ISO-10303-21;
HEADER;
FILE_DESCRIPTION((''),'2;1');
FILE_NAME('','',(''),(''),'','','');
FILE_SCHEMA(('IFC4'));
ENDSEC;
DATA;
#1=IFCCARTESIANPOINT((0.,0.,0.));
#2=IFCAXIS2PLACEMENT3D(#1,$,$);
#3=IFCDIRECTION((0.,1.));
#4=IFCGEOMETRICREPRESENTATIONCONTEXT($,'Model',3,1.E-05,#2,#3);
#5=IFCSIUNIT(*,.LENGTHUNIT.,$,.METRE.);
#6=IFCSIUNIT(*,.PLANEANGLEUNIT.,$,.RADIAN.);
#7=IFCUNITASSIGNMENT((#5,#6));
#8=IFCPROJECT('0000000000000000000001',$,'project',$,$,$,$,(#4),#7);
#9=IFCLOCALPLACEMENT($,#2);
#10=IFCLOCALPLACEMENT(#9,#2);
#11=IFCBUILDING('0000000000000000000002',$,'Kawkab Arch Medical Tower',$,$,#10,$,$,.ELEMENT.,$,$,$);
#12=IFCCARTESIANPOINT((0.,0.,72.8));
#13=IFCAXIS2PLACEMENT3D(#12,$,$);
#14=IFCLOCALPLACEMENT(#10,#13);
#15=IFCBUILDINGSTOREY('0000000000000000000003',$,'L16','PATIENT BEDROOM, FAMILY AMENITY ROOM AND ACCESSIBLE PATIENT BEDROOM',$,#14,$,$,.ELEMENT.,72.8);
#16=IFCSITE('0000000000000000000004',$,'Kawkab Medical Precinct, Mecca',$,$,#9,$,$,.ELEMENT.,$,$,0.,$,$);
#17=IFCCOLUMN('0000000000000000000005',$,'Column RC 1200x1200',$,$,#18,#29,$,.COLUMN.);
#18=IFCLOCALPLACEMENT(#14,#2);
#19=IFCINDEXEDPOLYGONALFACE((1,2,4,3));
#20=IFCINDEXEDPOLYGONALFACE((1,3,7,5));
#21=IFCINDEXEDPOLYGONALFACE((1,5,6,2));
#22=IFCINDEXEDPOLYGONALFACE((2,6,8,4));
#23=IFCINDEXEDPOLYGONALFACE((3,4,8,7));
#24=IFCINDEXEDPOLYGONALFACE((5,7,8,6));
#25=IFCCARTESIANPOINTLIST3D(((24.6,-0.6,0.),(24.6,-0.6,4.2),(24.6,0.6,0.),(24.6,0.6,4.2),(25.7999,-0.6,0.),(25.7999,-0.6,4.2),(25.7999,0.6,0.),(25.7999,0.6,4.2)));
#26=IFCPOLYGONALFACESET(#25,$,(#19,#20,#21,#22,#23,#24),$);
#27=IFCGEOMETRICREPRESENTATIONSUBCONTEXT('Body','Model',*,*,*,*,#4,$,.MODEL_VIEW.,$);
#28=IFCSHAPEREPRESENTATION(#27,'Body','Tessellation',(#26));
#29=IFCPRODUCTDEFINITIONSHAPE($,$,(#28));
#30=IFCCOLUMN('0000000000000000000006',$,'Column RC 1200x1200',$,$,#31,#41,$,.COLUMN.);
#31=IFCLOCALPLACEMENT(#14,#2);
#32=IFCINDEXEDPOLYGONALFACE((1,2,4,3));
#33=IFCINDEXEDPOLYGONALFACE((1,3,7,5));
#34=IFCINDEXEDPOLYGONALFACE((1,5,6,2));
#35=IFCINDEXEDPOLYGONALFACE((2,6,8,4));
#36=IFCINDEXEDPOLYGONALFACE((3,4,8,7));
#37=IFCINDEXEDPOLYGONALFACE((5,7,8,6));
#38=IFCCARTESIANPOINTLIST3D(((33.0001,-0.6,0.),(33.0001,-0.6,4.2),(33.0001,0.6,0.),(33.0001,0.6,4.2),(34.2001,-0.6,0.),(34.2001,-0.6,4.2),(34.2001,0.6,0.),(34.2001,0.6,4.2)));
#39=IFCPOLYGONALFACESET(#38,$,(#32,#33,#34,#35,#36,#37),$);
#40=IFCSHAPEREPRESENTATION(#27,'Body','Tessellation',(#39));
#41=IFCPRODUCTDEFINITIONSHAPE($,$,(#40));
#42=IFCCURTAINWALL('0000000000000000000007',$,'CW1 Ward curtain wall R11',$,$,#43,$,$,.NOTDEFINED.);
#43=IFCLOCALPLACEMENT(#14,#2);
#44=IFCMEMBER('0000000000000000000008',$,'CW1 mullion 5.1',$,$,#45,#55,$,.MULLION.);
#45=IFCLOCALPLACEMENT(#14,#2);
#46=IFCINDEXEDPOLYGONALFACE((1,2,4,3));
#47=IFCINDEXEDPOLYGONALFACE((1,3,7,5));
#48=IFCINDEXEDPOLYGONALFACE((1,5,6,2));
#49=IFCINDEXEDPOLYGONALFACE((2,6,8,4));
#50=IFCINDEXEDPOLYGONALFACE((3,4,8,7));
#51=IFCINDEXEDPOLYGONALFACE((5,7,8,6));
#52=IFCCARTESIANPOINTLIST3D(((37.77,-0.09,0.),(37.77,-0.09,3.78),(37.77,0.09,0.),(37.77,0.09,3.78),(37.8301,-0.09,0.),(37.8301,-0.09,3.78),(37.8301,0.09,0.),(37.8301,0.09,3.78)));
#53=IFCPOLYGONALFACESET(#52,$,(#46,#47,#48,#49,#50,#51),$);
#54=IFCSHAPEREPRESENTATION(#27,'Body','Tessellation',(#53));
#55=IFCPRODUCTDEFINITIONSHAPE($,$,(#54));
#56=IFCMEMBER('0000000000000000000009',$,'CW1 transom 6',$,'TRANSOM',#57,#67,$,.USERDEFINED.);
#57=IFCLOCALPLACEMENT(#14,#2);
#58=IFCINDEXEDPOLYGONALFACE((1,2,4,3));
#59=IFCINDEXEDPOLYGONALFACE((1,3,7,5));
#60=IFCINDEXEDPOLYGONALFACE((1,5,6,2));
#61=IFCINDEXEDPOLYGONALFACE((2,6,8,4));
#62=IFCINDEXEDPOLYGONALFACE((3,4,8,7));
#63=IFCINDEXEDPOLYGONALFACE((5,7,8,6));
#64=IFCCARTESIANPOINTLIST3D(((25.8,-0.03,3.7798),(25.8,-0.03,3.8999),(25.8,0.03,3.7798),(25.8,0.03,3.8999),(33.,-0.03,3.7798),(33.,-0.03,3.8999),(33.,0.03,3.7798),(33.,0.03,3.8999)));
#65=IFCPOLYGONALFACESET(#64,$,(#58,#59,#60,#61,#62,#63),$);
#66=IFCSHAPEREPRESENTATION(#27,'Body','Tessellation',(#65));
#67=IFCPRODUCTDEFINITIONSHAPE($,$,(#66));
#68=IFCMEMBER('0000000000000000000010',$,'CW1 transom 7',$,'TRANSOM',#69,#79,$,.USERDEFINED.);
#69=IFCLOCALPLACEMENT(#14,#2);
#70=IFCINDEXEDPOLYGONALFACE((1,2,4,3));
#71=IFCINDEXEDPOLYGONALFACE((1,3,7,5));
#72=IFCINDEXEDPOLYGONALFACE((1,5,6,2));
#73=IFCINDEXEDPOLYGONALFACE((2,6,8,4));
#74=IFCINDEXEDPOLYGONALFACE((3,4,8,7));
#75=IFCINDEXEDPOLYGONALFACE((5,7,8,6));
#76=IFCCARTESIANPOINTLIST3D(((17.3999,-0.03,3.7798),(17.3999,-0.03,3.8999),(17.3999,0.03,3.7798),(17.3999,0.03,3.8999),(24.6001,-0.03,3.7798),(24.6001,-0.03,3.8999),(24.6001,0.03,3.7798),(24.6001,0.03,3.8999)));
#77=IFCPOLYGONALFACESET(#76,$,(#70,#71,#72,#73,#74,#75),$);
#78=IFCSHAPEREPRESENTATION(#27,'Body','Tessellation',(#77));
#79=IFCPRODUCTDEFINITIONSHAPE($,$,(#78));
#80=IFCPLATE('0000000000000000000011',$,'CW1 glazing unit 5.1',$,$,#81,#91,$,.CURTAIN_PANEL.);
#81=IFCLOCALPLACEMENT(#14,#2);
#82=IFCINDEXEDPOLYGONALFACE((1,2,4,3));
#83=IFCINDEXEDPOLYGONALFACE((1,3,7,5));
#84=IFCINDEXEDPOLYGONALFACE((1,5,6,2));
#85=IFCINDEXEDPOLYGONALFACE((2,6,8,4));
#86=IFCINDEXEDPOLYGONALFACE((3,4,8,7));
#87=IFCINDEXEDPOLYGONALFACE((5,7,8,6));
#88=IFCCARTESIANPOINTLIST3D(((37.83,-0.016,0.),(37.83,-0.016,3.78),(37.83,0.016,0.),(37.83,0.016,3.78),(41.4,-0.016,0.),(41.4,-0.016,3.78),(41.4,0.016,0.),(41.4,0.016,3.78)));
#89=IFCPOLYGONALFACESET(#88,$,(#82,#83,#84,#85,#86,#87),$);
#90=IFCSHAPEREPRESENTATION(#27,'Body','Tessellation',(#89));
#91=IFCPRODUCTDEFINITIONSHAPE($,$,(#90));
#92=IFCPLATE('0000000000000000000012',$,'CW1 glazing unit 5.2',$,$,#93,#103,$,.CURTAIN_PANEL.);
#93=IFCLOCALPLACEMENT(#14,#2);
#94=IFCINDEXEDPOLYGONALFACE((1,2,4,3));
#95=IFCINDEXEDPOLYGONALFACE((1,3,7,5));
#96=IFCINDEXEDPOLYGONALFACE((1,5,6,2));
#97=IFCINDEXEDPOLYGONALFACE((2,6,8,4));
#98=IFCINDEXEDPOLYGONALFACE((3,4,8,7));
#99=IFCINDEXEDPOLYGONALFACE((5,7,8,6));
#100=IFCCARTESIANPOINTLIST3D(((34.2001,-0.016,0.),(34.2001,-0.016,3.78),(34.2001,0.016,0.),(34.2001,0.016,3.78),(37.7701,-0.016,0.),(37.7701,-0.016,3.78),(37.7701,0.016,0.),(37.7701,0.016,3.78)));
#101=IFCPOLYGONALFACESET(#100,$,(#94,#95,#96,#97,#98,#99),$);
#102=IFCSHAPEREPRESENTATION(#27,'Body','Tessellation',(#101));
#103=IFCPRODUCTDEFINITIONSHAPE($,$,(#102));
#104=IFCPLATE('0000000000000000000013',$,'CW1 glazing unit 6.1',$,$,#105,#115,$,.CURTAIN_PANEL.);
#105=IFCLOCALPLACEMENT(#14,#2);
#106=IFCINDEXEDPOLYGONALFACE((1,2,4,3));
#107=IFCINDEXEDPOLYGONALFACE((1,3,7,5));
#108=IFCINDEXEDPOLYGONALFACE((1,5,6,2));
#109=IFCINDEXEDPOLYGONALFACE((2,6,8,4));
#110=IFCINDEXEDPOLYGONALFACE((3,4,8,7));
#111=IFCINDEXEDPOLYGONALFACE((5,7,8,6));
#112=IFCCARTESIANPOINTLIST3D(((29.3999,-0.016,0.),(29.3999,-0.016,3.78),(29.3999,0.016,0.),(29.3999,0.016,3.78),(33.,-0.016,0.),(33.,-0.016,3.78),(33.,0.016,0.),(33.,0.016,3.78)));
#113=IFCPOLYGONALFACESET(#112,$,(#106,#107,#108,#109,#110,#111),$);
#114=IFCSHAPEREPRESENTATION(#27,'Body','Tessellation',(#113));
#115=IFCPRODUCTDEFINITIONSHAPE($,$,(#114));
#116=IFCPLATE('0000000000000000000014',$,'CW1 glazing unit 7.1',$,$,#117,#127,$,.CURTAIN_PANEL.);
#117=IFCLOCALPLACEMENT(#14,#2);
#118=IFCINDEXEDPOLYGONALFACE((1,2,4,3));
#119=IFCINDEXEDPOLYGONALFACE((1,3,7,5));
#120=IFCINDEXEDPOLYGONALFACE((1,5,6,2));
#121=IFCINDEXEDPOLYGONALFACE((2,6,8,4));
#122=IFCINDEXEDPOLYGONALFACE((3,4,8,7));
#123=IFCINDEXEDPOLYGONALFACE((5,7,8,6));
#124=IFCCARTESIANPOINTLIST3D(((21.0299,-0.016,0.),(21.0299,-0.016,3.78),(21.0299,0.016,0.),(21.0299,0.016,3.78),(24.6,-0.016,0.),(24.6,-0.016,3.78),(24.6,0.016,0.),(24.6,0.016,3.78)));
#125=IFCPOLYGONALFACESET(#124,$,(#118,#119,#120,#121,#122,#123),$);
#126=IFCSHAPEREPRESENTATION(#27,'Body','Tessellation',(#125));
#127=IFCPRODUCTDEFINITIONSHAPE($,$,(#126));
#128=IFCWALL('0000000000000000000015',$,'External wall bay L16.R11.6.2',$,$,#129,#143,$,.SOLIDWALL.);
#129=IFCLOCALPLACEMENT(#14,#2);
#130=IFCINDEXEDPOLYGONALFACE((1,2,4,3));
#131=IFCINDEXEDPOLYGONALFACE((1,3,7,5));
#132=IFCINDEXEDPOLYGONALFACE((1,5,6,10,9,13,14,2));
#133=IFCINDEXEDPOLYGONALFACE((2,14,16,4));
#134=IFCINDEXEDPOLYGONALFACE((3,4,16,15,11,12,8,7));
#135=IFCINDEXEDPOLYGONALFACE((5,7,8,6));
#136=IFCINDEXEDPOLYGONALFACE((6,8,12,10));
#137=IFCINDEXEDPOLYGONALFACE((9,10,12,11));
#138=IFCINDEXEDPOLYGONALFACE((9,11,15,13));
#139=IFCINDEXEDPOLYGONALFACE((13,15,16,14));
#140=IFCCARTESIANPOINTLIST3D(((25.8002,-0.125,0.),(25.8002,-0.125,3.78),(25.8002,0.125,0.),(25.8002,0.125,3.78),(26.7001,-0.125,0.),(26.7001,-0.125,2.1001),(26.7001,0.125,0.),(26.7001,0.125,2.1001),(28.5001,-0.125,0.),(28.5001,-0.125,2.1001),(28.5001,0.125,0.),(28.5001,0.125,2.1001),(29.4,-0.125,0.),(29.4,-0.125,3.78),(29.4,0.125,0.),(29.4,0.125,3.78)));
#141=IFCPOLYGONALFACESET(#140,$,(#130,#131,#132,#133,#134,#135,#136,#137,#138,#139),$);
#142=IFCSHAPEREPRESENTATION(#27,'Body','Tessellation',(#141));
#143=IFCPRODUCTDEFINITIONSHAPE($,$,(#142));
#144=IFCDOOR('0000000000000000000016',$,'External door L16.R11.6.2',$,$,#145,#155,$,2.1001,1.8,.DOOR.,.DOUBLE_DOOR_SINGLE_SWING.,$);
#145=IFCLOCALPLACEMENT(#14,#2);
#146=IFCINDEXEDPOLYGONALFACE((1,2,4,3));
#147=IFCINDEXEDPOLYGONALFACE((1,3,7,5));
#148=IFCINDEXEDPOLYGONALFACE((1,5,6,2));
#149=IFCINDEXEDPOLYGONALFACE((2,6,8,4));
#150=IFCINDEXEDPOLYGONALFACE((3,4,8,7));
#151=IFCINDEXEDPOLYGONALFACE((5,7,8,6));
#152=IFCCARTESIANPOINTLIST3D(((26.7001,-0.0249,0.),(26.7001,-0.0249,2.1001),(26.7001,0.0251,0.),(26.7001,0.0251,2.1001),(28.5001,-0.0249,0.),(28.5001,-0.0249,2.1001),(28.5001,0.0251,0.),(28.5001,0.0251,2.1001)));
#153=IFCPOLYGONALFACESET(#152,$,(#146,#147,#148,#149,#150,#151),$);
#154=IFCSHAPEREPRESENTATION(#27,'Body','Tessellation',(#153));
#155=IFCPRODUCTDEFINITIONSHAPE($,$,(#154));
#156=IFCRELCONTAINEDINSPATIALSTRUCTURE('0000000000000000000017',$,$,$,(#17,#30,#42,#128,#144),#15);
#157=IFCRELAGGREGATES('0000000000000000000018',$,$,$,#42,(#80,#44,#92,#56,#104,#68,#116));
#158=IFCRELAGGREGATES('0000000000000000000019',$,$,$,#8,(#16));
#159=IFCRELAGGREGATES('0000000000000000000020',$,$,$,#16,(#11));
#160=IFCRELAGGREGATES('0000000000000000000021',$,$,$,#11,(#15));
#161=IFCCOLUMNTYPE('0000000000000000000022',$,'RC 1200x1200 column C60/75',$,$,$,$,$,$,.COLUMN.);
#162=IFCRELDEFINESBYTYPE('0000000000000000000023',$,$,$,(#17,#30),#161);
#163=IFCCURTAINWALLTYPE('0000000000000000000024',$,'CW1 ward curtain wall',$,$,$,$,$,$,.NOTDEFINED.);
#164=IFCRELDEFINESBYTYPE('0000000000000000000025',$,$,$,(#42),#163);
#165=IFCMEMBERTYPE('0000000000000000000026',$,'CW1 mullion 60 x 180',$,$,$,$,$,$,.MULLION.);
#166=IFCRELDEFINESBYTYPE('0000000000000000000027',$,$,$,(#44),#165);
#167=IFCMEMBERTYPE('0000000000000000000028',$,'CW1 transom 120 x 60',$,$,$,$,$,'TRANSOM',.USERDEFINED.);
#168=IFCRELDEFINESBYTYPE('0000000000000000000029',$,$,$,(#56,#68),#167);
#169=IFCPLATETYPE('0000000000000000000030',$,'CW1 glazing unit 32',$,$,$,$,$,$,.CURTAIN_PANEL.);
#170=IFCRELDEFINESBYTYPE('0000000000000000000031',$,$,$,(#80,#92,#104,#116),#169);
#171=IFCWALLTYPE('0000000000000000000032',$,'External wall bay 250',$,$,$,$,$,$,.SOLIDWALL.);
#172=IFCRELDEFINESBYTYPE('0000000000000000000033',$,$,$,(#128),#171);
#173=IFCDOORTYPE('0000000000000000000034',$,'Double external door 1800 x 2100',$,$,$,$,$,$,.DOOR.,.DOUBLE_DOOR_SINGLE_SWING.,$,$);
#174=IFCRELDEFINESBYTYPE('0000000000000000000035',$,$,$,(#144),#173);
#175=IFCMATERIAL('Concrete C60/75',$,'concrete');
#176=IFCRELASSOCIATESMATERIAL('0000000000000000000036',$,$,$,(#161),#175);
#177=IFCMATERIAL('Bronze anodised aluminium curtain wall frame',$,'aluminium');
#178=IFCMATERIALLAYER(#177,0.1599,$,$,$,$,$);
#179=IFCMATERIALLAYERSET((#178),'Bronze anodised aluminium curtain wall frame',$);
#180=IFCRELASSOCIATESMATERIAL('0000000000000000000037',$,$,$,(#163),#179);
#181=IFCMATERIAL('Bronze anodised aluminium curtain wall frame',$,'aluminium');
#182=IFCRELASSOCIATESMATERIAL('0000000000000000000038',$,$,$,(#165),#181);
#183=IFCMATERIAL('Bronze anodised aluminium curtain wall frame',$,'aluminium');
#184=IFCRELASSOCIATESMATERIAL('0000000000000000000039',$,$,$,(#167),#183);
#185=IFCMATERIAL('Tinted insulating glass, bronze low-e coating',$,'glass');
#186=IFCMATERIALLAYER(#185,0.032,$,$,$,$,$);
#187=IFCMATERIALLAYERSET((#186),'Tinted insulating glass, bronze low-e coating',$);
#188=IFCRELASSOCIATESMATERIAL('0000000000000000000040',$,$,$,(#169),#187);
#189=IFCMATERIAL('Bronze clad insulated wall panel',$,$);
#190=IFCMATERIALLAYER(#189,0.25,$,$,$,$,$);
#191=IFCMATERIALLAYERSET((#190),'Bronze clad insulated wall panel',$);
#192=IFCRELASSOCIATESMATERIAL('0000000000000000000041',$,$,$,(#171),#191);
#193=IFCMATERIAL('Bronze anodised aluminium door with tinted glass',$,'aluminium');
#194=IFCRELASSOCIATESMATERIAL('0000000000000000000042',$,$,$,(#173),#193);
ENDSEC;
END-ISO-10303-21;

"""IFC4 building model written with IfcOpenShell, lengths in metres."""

from ifc_helpers import new_model, si_unit, direction, frame, frame_2d, origin, origin_2d, place, context, subcontext, project, spatial, rectangle, extrude, material, layer, layer_set, material_profile, profile_set, type_object, element, fill, aggregate, save


model = new_model("IFC4")

# Units and contexts
model_context = context("Model", 3, precision=1e-05, world=origin(), true_north=direction((0.0, 1.0)))
body_context = subcontext(model_context, "Body", "Model", "MODEL_VIEW")
ifc_project = project(units=[si_unit("LENGTHUNIT", "METRE"), si_unit("PLANEANGLEUNIT", "RADIAN")], contexts=[model_context])

# Site, building, storey
site_placement = place(None, origin())
site = spatial("IfcSite", under=ifc_project, at=site_placement, Name="Kawkab Medical Precinct, Mecca", CompositionType="ELEMENT", RefElevation=0.0)
building_placement = place(site_placement, origin())
building = spatial("IfcBuilding", under=site, at=building_placement, Name="Kawkab Arch Medical Tower", CompositionType="ELEMENT")
storey_placement = place(building_placement, frame((0.0, 0.0, 72.8)))
storey = spatial("IfcBuildingStorey", under=building, at=storey_placement, Name="L16", Description="PATIENT BEDROOM, FAMILY AMENITY ROOM AND ACCESSIBLE PATIENT BEDROOM", CompositionType="ELEMENT", Elevation=72.8)

# Columns
ifc_material_1 = material(Name="Concrete C60/75", Category="concrete")
ifc_material_profile_1 = material_profile(ifc_material_1, rectangle(XDim=1.2, YDim=1.2, at=origin_2d()), Name="RC 1200x1200")
ifc_profile_set_1 = profile_set([ifc_material_profile_1], Name="Concrete C60/75")
column_type = type_object("IfcColumnType", Name="RC 1200x1200 column C60/75", PredefinedType="COLUMN", material=ifc_profile_set_1)
for number, where, z_axis, x_axis, name in (
    (1, (25.2, 0.0, 0.0), (0.0, 0.0, 1.0), (1.0, 0.0, 0.0), "Column RC 1200x1200"),
    (2, (33.6001, 0.0, 0.0), (0.0, 0.0, 1.0), (1.0, 0.0, 0.0), "Column RC 1200x1200"),
):
    element("IfcColumn", number, at=place(storey_placement, frame(where, z_axis=z_axis, x_axis=x_axis)), inside=storey, type_object=column_type, Name=name, PredefinedType="COLUMN", context=body_context, shape_type="SweptSolid", body=[
        extrude(rectangle(XDim=1.2, YDim=1.2, at=origin_2d()), origin(), (0.0, 0.0, 1.0), 4.2),
    ])

# Curtain wall, members, plates
ifc_material_2 = material(Name="Bronze anodised aluminium curtain wall frame", Category="aluminium")
ifc_layer_1 = layer(ifc_material_2, 0.1599)
ifc_layer_set_1 = layer_set([ifc_layer_1], Name="Bronze anodised aluminium curtain wall frame")
curtain_wall_type = type_object("IfcCurtainWallType", Name="CW1 ward curtain wall", PredefinedType="NOTDEFINED", material=ifc_layer_set_1)
placement = place(storey_placement, origin())
curtain_wall = element("IfcCurtainWall", 3, at=placement, inside=storey, type_object=curtain_wall_type, Name="CW1 Ward curtain wall R11", PredefinedType="NOTDEFINED")
ifc_material_3 = material(Name="Bronze anodised aluminium curtain wall frame", Category="aluminium")
ifc_material_profile_2 = material_profile(ifc_material_3, rectangle(XDim=0.1799, YDim=0.0601, at=origin_2d()), Name="AL 60x180")
ifc_profile_set_2 = profile_set([ifc_material_profile_2], Name="Bronze anodised aluminium curtain wall frame")
member_type_1 = type_object("IfcMemberType", Name="CW1 mullion 60 x 180", PredefinedType="MULLION", material=ifc_profile_set_2)
member_1_placement = place(storey_placement, frame((37.8, 0.0, 0.0), z_axis=(0.0, 0.0, 1.0), x_axis=(0.0, -1.0, 0.0)))
member_1 = element("IfcMember", 4, at=member_1_placement, type_object=member_type_1, Name="CW1 mullion 5.1", PredefinedType="MULLION", context=body_context, shape_type="SweptSolid", body=[
    extrude(rectangle(XDim=0.1799, YDim=0.0601, at=origin_2d()), origin(), (0.0, 0.0, 1.0), 3.78),
])
ifc_material_4 = material(Name="Bronze anodised aluminium curtain wall frame", Category="aluminium")
ifc_material_profile_3 = material_profile(ifc_material_4, rectangle(XDim=0.0601, YDim=0.1201, at=origin_2d()), Name="AL 60x120")
ifc_profile_set_3 = profile_set([ifc_material_profile_3], Name="Bronze anodised aluminium curtain wall frame")
member_type_2 = type_object("IfcMemberType", Name="CW1 transom 120 x 60", ElementType="TRANSOM", PredefinedType="USERDEFINED", material=ifc_profile_set_3)
member_2_placement = place(storey_placement, frame((33.0, 0.0, 3.8398), z_axis=(-1.0, 0.0, 0.0), x_axis=(0.0, -1.0, 0.0)))
member_2 = element("IfcMember", 5, at=member_2_placement, type_object=member_type_2, Name="CW1 transom 6", ObjectType="TRANSOM", PredefinedType="USERDEFINED", context=body_context, shape_type="SweptSolid", body=[
    extrude(rectangle(XDim=0.0601, YDim=0.1201, at=origin_2d()), origin(), (0.0, 0.0, 1.0), 7.2),
])
member_3_placement = place(storey_placement, frame((24.6001, 0.0, 3.8398), z_axis=(-1.0, 0.0, 0.0), x_axis=(0.0, -1.0, 0.0)))
member_3 = element("IfcMember", 6, at=member_3_placement, type_object=member_type_2, Name="CW1 transom 7", ObjectType="TRANSOM", PredefinedType="USERDEFINED", context=body_context, shape_type="SweptSolid", body=[
    extrude(rectangle(XDim=0.0601, YDim=0.1201, at=origin_2d()), origin(), (0.0, 0.0, 1.0), 7.2002),
])
ifc_material_5 = material(Name="Tinted insulating glass, bronze low-e coating", Category="glass")
ifc_layer_2 = layer(ifc_material_5, 0.032)
ifc_layer_set_2 = layer_set([ifc_layer_2], Name="Tinted insulating glass, bronze low-e coating")
plate_type = type_object("IfcPlateType", Name="CW1 glazing unit 32", PredefinedType="CURTAIN_PANEL", material=ifc_layer_set_2)
plate_1_placement = place(storey_placement, frame((39.615, 0.0, 0.0), z_axis=(0.0, 0.0, 1.0), x_axis=(-1.0, 0.0, 0.0)))
plate_1 = element("IfcPlate", 7, at=plate_1_placement, type_object=plate_type, Name="CW1 glazing unit 5.1", PredefinedType="CURTAIN_PANEL", context=body_context, shape_type="SweptSolid", body=[
    extrude(rectangle(XDim=3.5701, YDim=0.032, at=origin_2d()), origin(), (0.0, 0.0, 1.0), 3.78),
])
plate_2_placement = place(storey_placement, frame((35.9851, 0.0, 0.0), z_axis=(0.0, 0.0, 1.0), x_axis=(-1.0, 0.0, 0.0)))
plate_2 = element("IfcPlate", 8, at=plate_2_placement, type_object=plate_type, Name="CW1 glazing unit 5.2", PredefinedType="CURTAIN_PANEL", context=body_context, shape_type="SweptSolid", body=[
    extrude(rectangle(XDim=3.5701, YDim=0.032, at=origin_2d()), origin(), (0.0, 0.0, 1.0), 3.78),
])
plate_3_placement = place(storey_placement, frame((31.2, 0.0, 0.0), z_axis=(0.0, 0.0, 1.0), x_axis=(-1.0, 0.0, 0.0)))
plate_3 = element("IfcPlate", 9, at=plate_3_placement, type_object=plate_type, Name="CW1 glazing unit 6.1", PredefinedType="CURTAIN_PANEL", context=body_context, shape_type="SweptSolid", body=[
    extrude(rectangle(XDim=3.6001, YDim=0.032, at=origin_2d()), origin(), (0.0, 0.0, 1.0), 3.78),
])
plate_4_placement = place(storey_placement, frame((22.8149, 0.0, 0.0), z_axis=(0.0, 0.0, 1.0), x_axis=(-1.0, 0.0, 0.0)))
plate_4 = element("IfcPlate", 10, at=plate_4_placement, type_object=plate_type, Name="CW1 glazing unit 7.1", PredefinedType="CURTAIN_PANEL", context=body_context, shape_type="SweptSolid", body=[
    extrude(rectangle(XDim=3.5701, YDim=0.032, at=origin_2d()), origin(), (0.0, 0.0, 1.0), 3.78),
])
aggregate(curtain_wall, [plate_1, member_1, plate_2, member_2, plate_3, member_3, plate_4])

# Wall, opening, door
ifc_material_6 = material(Name="Bronze clad insulated wall panel")
ifc_layer_3 = layer(ifc_material_6, 0.25)
ifc_layer_set_3 = layer_set([ifc_layer_3], Name="Bronze clad insulated wall panel")
wall_type = type_object("IfcWallType", Name="External wall bay 250", PredefinedType="SOLIDWALL", material=ifc_layer_set_3)
wall_placement = place(storey_placement, frame((29.3999, 0.0, 0.0), z_axis=(0.0, 0.0, 1.0), x_axis=(-1.0, 0.0, 0.0)))
wall = element("IfcWall", 11, at=wall_placement, inside=storey, type_object=wall_type, Name="External wall bay L16.R11.6.2", PredefinedType="SOLIDWALL", context=body_context, shape_type="SweptSolid", body=[
    extrude(rectangle(XDim=3.5999, YDim=0.25, at=frame_2d((1.7998, 0.0))), origin(), (0.0, 0.0, 1.0), 3.78),
])
opening_placement = place(wall_placement, frame((0.8999, 0.0, 0.0)))
opening = element("IfcOpeningElement", 12, at=opening_placement, cuts=wall, PredefinedType="OPENING", context=body_context, shape_type="SweptSolid", body=[
    extrude(rectangle(XDim=1.8, YDim=2.1001, at=frame_2d((0.8999, 1.05))), frame((0.0, 0.135, 0.0), z_axis=(0.0, -1.0, 0.0), x_axis=(1.0, 0.0, 0.0)), (0.0, 0.0, 1.0), 0.27),
])
ifc_material_7 = material(Name="Bronze anodised aluminium door with tinted glass", Category="aluminium")
door_type = type_object("IfcDoorType", Name="Double external door 1800 x 2100", OperationType="DOUBLE_DOOR_SINGLE_SWING", PredefinedType="DOOR", material=ifc_material_7)
door_placement = place(opening_placement, origin())
door = element("IfcDoor", 13, at=door_placement, inside=storey, type_object=door_type, Name="External door L16.R11.6.2", OperationType="DOUBLE_DOOR_SINGLE_SWING", OverallHeight=2.1001, OverallWidth=1.8, PredefinedType="DOOR", context=body_context, shape_type="SweptSolid", body=[
    extrude(rectangle(XDim=1.8, YDim=2.1001, at=frame_2d((0.8999, 1.05))), frame((0.0, 0.0249, 0.0), z_axis=(0.0, -1.0, 0.0), x_axis=(1.0, 0.0, 0.0)), (0.0, 0.0, 1.0), 0.05),
])
fill(opening, door)

save(model, "model.ifc")
